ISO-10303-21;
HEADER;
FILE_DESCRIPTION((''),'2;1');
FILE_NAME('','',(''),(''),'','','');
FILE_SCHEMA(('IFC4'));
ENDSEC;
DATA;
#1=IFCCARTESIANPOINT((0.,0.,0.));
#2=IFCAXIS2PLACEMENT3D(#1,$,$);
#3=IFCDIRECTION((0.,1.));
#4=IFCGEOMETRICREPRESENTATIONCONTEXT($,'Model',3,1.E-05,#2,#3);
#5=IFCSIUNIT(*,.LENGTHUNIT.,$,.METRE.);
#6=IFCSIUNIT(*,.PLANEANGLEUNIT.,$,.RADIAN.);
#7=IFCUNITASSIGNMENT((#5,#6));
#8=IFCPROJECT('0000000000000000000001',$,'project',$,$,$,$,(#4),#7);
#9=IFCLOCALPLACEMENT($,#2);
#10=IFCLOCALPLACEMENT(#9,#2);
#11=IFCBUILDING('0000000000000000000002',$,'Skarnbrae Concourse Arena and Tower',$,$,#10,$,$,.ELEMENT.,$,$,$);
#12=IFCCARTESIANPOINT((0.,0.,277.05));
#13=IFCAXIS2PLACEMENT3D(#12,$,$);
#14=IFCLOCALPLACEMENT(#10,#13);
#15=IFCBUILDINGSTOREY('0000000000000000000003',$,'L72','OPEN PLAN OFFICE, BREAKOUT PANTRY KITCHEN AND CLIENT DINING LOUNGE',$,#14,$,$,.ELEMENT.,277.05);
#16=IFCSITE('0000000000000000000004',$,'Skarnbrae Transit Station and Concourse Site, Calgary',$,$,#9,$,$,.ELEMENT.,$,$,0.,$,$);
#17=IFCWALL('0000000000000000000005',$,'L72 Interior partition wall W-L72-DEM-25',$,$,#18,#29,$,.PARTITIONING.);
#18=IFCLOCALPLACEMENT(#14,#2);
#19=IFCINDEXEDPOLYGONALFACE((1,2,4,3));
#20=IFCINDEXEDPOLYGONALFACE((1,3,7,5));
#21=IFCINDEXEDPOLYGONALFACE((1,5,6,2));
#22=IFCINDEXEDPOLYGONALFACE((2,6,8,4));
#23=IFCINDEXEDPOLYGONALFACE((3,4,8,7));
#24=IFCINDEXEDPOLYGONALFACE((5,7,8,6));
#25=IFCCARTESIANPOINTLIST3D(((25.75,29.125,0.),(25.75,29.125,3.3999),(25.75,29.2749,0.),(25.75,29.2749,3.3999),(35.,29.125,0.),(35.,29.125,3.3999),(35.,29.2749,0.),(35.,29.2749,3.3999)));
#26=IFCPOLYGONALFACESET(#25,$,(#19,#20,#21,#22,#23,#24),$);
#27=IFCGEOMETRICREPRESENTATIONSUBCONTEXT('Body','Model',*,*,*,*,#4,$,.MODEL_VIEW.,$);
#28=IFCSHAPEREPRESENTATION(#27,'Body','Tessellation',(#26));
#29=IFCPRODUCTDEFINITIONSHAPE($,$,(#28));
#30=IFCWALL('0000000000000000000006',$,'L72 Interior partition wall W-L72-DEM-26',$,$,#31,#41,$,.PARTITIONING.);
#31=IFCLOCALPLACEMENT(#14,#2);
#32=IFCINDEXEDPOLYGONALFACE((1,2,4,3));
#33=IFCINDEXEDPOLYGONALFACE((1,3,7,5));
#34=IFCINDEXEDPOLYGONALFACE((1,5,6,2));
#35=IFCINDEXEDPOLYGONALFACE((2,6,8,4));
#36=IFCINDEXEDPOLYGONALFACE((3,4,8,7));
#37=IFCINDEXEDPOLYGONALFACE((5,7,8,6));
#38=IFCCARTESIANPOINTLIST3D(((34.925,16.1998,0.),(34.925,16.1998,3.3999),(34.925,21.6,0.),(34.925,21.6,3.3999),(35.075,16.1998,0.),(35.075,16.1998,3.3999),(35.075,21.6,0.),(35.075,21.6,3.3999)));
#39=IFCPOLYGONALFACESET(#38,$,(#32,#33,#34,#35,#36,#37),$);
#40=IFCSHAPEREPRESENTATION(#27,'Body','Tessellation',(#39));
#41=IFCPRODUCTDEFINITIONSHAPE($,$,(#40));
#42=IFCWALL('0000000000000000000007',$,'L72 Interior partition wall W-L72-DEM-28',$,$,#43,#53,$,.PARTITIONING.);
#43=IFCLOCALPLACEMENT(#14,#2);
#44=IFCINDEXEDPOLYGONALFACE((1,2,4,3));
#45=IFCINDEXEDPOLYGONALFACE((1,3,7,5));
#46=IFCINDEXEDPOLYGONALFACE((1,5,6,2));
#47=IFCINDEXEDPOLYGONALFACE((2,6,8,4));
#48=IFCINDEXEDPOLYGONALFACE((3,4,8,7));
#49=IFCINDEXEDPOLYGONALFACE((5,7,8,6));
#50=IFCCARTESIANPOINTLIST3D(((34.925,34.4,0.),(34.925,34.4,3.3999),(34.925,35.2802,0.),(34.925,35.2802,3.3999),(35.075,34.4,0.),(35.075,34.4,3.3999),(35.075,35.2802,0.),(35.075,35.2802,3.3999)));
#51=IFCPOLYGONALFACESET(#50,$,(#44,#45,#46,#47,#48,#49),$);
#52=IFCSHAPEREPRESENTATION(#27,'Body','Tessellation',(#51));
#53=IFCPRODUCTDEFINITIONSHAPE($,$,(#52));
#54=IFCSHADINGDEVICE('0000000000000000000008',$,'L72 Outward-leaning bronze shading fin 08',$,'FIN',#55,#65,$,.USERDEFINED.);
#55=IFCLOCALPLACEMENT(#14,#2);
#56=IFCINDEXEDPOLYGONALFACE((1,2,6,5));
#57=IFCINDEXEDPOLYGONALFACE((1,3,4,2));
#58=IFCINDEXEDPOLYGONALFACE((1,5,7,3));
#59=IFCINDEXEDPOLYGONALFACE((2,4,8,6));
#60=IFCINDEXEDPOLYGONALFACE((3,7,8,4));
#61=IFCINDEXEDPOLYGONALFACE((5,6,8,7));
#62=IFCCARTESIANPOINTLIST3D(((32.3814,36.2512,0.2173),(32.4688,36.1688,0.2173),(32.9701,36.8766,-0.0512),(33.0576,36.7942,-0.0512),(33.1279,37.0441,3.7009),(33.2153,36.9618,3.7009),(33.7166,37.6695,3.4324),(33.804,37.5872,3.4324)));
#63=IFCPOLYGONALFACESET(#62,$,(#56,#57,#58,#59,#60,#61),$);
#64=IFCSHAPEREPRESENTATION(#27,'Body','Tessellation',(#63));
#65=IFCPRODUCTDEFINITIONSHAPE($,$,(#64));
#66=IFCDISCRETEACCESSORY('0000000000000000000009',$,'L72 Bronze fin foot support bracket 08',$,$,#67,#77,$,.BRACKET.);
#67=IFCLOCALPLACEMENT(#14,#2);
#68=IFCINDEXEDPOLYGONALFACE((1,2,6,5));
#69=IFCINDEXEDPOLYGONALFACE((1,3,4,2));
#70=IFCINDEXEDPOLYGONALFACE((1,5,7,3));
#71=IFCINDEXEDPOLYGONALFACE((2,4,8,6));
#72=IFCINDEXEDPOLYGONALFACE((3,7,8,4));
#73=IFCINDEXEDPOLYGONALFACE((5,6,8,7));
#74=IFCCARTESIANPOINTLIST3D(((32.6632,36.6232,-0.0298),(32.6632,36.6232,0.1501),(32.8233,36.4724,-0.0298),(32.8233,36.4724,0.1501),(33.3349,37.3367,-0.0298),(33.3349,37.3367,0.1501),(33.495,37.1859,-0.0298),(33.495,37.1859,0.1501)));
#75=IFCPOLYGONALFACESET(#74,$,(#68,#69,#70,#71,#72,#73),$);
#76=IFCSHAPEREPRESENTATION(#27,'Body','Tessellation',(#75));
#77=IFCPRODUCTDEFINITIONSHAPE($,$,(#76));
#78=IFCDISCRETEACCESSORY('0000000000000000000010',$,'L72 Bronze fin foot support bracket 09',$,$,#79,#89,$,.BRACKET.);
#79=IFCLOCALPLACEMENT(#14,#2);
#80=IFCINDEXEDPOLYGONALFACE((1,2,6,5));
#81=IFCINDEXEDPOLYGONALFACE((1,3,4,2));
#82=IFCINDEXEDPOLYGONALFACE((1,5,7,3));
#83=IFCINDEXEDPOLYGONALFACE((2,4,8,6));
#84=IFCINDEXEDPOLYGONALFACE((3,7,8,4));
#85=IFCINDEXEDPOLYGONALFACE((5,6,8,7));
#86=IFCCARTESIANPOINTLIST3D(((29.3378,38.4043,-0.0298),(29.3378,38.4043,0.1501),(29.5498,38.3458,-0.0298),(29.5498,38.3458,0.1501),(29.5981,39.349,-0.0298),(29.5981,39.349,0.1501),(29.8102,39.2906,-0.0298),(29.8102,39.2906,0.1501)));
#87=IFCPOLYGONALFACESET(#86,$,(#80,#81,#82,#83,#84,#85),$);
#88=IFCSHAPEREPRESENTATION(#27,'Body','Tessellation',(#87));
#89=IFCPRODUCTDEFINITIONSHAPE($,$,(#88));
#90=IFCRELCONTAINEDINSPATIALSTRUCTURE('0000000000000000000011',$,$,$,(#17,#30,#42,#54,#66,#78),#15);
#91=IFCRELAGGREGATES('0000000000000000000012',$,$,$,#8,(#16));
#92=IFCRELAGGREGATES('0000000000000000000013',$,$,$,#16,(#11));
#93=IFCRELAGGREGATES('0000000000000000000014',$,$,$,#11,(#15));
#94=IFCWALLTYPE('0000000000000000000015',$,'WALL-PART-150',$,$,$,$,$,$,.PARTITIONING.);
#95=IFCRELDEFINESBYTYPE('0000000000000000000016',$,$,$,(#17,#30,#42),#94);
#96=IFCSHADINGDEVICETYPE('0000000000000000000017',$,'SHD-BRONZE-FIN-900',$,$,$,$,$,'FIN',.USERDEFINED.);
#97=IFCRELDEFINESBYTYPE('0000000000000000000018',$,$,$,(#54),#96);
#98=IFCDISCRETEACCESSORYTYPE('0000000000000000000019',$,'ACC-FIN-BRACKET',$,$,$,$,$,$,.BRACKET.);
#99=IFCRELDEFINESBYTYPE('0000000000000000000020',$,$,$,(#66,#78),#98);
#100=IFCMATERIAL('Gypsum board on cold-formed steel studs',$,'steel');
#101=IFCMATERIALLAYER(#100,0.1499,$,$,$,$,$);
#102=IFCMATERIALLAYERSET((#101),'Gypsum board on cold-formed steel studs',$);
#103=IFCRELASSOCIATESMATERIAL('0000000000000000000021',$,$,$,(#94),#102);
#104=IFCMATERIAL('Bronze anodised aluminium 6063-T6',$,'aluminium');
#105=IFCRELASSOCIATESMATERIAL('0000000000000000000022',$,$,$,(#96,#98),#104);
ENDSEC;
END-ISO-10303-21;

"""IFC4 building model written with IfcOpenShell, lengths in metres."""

from ifc_helpers import new_model, si_unit, direction, frame, frame_2d, origin, origin_2d, place, context, subcontext, project, spatial, rectangle, extrude, source, transform, mapped, material, layer, layer_set, type_object, element, save


model = new_model("IFC4")

# Units and contexts
model_context = context("Model", 3, precision=1e-05, world=origin(), true_north=direction((0.0, 1.0)))
body_context = subcontext(model_context, "Body", "Model", "MODEL_VIEW")
ifc_project = project(units=[si_unit("LENGTHUNIT", "METRE"), si_unit("PLANEANGLEUNIT", "RADIAN")], contexts=[model_context])

# Site, building, storey
site_placement = place(None, origin())
site = spatial("IfcSite", under=ifc_project, at=site_placement, Name="Skarnbrae Transit Station and Concourse Site, Calgary", CompositionType="ELEMENT", RefElevation=0.0)
building_placement = place(site_placement, origin())
building = spatial("IfcBuilding", under=site, at=building_placement, Name="Skarnbrae Concourse Arena and Tower", CompositionType="ELEMENT")
storey_placement = place(building_placement, frame((0.0, 0.0, 277.05)))
storey = spatial("IfcBuildingStorey", under=building, at=storey_placement, Name="L72", Description="OPEN PLAN OFFICE, BREAKOUT PANTRY KITCHEN AND CLIENT DINING LOUNGE", CompositionType="ELEMENT", Elevation=277.05)

# Shared definitions
ifc_material_1 = material(Name="Bronze anodised aluminium 6063-T6", Category="aluminium")

# Walls
ifc_material_2 = material(Name="Gypsum board on cold-formed steel studs", Category="steel")
ifc_layer_1 = layer(ifc_material_2, 0.1499)
ifc_layer_set_1 = layer_set([ifc_layer_1], Name="Gypsum board on cold-formed steel studs")
wall_type_1 = type_object("IfcWallType", Name="WALL-PART-150", PredefinedType="PARTITIONING", material=ifc_layer_set_1)
shared_shape_1 = source(origin(), body_context, "Body", "SweptSolid", [
    extrude(rectangle(XDim=9.25, YDim=0.1499, at=frame_2d((4.625, 0.0))), origin(), (0.0, 0.0, 1.0), 3.3999),
])
wall_1_placement = place(storey_placement, frame((35.0, 29.2, 0.0), z_axis=(0.0, 0.0, 1.0), x_axis=(-1.0, 0.0, 0.0)))
element("IfcWall", 1, at=wall_1_placement, inside=storey, type_object=wall_type_1, Name="L72 Interior partition wall W-L72-DEM-25", PredefinedType="PARTITIONING", context=body_context, shape_type="MappedRepresentation", body=[
    mapped(shared_shape_1, transform((0.0, 0.0, 0.0))),
])
shared_shape_2 = source(origin(), body_context, "Body", "SweptSolid", [
    extrude(rectangle(XDim=5.4001, YDim=0.1499, at=frame_2d((2.7002, 0.0))), origin(), (0.0, 0.0, 1.0), 3.3999),
])
wall_2_placement = place(storey_placement, frame((35.0, 21.6001, 0.0), z_axis=(0.0, 0.0, 1.0), x_axis=(0.0, -1.0, 0.0)))
element("IfcWall", 2, at=wall_2_placement, inside=storey, type_object=wall_type_1, Name="L72 Interior partition wall W-L72-DEM-26", PredefinedType="PARTITIONING", context=body_context, shape_type="MappedRepresentation", body=[
    mapped(shared_shape_2, transform((0.0, 0.0, 0.0))),
])
shared_shape_3 = source(origin(), body_context, "Body", "SweptSolid", [
    extrude(rectangle(XDim=0.8801, YDim=0.1499, at=frame_2d((0.4399, 0.0))), origin(), (0.0, 0.0, 1.0), 3.3999),
])
wall_3_placement = place(storey_placement, frame((35.0, 35.28, 0.0), z_axis=(0.0, 0.0, 1.0), x_axis=(0.0, -1.0, 0.0)))
element("IfcWall", 3, at=wall_3_placement, inside=storey, type_object=wall_type_1, Name="L72 Interior partition wall W-L72-DEM-28", PredefinedType="PARTITIONING", context=body_context, shape_type="MappedRepresentation", body=[
    mapped(shared_shape_3, transform((0.0, 0.0, 0.0))),
])

# Shading device
shading_device_type = type_object("IfcShadingDeviceType", Name="SHD-BRONZE-FIN-900", ElementType="FIN", PredefinedType="USERDEFINED", material=ifc_material_1)
shared_shape_4 = source(origin(), body_context, "Body", "SweptSolid", [
    extrude(rectangle(XDim=0.1201, YDim=0.8999, at=origin_2d()), origin(), (0.0, 0.0, 1.0), 3.6499),
])
shading_device_placement = place(storey_placement, frame((32.7195, 36.5227, 0.083), z_axis=(0.204517, 0.217256, 0.954449), x_axis=(0.728132, -0.685437, 0.0)))
element("IfcShadingDevice", 4, at=shading_device_placement, inside=storey, type_object=shading_device_type, Name="L72 Outward-leaning bronze shading fin 08", ObjectType="FIN", PredefinedType="USERDEFINED", context=body_context, shape_type="MappedRepresentation", body=[
    mapped(shared_shape_4, transform((0.0, 0.0, 0.0))),
])

# Discrete accessories
discrete_accessory_type = type_object("IfcDiscreteAccessoryType", Name="ACC-FIN-BRACKET", PredefinedType="BRACKET", material=ifc_material_1)
shared_shape_5 = source(origin(), body_context, "Body", "SweptSolid", [
    extrude(rectangle(XDim=0.22, YDim=0.98, at=origin_2d()), origin(), (0.0, 0.0, 1.0), 0.1799),
])
for number, where, z_axis, x_axis, name in (
    (5, (33.0791, 36.9045, -0.0298), (0.0, 0.0, 1.0), (0.728132, -0.685437, 0.0), "L72 Bronze fin foot support bracket 08"),
    (6, (29.574, 38.8474, -0.0298), (0.0, 0.0, 1.0), (0.964058, -0.265691, 0.0), "L72 Bronze fin foot support bracket 09"),
):
    element("IfcDiscreteAccessory", number, at=place(storey_placement, frame(where, z_axis=z_axis, x_axis=x_axis)), inside=storey, type_object=discrete_accessory_type, Name=name, PredefinedType="BRACKET", context=body_context, shape_type="MappedRepresentation", body=[
        mapped(shared_shape_5, transform((0.0, 0.0, 0.0))),
    ])

save(model, "model.ifc")
